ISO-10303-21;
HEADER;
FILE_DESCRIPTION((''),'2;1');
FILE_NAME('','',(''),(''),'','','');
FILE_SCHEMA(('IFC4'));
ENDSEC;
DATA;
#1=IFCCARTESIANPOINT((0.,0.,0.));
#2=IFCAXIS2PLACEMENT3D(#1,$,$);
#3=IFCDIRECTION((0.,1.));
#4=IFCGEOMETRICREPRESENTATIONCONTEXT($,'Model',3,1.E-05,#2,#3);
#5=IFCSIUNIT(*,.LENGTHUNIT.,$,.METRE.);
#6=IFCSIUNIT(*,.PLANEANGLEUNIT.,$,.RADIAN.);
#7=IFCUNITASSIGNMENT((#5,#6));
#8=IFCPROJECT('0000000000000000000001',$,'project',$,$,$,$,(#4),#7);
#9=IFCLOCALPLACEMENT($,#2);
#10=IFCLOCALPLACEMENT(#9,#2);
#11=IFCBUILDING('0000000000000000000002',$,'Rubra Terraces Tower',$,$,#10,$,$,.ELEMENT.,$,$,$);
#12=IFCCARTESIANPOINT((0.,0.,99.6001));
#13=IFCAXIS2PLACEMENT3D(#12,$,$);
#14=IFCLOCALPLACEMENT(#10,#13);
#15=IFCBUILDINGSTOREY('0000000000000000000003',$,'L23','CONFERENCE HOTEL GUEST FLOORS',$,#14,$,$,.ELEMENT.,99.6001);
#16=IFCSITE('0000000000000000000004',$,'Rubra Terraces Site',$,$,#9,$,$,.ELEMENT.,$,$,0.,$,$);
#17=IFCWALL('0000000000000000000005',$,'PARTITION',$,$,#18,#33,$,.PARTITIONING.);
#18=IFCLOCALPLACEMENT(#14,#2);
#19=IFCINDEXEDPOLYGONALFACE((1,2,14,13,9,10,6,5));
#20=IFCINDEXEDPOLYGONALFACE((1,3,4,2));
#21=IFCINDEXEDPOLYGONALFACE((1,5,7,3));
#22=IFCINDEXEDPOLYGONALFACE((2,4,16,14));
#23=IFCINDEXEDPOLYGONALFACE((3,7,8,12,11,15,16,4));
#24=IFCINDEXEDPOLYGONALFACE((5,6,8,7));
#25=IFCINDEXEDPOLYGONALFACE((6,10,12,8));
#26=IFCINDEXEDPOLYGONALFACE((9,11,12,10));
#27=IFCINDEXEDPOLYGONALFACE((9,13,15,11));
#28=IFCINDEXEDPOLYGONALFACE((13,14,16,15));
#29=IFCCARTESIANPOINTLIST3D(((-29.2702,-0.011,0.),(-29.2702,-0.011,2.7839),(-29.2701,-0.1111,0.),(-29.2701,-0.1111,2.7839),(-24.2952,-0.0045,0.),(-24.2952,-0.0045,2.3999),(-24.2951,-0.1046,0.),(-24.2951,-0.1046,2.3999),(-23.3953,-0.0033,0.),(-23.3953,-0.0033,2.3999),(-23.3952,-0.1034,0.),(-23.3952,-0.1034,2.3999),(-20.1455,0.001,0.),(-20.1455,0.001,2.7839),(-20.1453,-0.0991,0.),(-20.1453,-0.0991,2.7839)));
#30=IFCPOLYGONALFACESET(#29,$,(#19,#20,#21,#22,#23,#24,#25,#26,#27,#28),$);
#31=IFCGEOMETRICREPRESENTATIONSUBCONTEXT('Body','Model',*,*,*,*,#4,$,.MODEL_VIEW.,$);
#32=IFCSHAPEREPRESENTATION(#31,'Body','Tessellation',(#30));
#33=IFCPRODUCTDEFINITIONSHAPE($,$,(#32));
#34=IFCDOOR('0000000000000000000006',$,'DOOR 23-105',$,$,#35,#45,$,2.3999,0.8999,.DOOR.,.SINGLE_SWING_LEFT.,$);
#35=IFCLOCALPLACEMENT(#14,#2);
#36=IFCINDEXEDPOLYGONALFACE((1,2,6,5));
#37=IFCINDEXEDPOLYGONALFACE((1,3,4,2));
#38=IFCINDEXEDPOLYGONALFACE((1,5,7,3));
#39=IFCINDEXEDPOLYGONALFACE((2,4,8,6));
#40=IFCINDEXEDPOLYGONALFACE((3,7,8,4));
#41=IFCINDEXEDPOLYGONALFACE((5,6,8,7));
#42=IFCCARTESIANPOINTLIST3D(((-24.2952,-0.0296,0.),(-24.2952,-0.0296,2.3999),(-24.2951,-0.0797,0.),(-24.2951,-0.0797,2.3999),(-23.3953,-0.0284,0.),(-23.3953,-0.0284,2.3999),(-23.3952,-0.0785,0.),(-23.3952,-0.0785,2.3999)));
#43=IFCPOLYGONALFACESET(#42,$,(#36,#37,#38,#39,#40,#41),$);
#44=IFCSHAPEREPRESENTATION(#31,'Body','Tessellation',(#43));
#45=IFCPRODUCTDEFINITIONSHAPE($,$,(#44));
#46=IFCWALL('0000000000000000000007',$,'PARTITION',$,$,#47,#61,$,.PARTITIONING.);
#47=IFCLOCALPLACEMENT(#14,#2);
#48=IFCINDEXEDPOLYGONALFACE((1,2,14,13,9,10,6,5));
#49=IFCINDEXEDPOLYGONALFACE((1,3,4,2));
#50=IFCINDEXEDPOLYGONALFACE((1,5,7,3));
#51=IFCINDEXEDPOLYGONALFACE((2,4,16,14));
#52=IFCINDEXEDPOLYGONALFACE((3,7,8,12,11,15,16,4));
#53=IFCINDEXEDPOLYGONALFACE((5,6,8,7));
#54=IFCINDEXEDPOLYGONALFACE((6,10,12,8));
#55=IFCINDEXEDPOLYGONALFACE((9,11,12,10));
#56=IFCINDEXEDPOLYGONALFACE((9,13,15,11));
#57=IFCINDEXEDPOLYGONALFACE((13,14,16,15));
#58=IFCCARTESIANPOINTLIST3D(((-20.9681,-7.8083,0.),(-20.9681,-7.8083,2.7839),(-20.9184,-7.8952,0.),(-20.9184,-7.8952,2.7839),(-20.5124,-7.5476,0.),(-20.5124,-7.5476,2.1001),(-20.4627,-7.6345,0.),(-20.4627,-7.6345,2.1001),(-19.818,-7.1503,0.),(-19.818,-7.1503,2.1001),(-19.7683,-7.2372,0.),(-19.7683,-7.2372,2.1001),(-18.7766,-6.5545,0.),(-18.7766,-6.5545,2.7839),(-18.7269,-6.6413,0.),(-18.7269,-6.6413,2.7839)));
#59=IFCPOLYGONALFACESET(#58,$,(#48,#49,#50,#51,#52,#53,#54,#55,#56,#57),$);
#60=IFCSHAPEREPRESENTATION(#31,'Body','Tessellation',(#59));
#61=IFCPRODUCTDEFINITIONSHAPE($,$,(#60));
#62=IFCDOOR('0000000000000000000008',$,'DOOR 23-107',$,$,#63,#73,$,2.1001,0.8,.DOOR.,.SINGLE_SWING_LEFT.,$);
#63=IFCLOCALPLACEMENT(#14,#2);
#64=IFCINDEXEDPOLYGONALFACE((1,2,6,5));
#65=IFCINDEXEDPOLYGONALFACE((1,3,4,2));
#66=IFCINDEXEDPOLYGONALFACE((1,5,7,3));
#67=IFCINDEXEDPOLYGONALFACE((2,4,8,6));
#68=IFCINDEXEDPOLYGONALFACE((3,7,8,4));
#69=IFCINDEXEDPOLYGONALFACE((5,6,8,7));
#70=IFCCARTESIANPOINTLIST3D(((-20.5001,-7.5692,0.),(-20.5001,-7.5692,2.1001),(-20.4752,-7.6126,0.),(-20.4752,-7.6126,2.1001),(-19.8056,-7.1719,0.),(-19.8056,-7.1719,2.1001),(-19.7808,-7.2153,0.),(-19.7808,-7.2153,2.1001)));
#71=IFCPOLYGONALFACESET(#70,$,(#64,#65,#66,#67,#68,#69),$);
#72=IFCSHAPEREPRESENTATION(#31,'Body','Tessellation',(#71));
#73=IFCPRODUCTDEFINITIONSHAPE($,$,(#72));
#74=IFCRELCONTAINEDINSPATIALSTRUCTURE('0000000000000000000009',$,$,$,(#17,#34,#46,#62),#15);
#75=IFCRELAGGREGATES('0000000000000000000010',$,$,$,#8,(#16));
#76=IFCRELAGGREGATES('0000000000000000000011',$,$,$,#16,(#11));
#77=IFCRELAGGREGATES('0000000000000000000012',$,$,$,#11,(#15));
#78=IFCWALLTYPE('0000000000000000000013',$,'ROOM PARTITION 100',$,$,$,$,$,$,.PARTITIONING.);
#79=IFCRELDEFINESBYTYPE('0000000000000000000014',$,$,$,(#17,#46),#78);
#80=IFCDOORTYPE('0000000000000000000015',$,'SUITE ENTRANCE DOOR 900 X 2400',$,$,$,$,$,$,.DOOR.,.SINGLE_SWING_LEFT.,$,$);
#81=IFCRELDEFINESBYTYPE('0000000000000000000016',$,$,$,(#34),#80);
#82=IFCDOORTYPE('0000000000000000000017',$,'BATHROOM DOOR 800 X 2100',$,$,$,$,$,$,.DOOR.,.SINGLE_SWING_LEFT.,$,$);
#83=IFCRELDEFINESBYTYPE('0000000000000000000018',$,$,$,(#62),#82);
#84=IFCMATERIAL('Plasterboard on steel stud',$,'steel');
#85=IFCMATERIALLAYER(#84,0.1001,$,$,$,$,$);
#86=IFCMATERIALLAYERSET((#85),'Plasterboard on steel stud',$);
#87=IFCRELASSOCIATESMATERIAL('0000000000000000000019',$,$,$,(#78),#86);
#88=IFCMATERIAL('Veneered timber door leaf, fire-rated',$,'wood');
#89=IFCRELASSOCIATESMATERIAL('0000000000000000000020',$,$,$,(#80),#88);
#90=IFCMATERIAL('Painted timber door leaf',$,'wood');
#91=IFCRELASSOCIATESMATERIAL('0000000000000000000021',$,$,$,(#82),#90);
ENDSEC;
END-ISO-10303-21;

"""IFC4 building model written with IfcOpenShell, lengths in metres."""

from ifc_helpers import new_model, si_unit, direction, frame, frame_2d, origin, place, context, subcontext, project, spatial, rectangle, extrude, material, layer, layer_set, type_object, element, fill, save


model = new_model("IFC4")

# Units and contexts
model_context = context("Model", 3, precision=1e-05, world=origin(), true_north=direction((0.0, 1.0)))
body_context = subcontext(model_context, "Body", "Model", "MODEL_VIEW")
ifc_project = project(units=[si_unit("LENGTHUNIT", "METRE"), si_unit("PLANEANGLEUNIT", "RADIAN")], contexts=[model_context])

# Site, building, storey
site_placement = place(None, origin())
site = spatial("IfcSite", under=ifc_project, at=site_placement, Name="Rubra Terraces Site", CompositionType="ELEMENT", RefElevation=0.0)
building_placement = place(site_placement, origin())
building = spatial("IfcBuilding", under=site, at=building_placement, Name="Rubra Terraces Tower", CompositionType="ELEMENT")
storey_placement = place(building_placement, frame((0.0, 0.0, 99.6001)))
storey = spatial("IfcBuildingStorey", under=building, at=storey_placement, Name="L23", Description="CONFERENCE HOTEL GUEST FLOORS", CompositionType="ELEMENT", Elevation=99.6001)

# Shared definitions
ifc_material_1 = material(Name="Painted timber door leaf", Category="wood")

# Walls, openings, doors
ifc_material_2 = material(Name="Plasterboard on steel stud", Category="steel")
ifc_layer_1 = layer(ifc_material_2, 0.1001)
ifc_layer_set_1 = layer_set([ifc_layer_1], Name="Plasterboard on steel stud")
wall_type_1 = type_object("IfcWallType", Name="ROOM PARTITION 100", PredefinedType="PARTITIONING", material=ifc_layer_set_1)
wall_1_placement = place(storey_placement, frame((-29.2703, -0.061, 0.0), z_axis=(0.0, 0.0, 1.0), x_axis=(0.999999, 0.001311, 0.0)))
wall_1 = element("IfcWall", 1, at=wall_1_placement, inside=storey, type_object=wall_type_1, Name="PARTITION", PredefinedType="PARTITIONING", context=body_context, shape_type="SweptSolid", body=[
    extrude(rectangle(XDim=9.1248, YDim=0.1001, at=frame_2d((4.5625, 0.0))), origin(), (0.0, 0.0, 1.0), 2.7839),
])
opening_1_placement = place(wall_1_placement, frame((4.9751, 0.0, 0.0)))
opening_1 = element("IfcOpeningElement", 2, at=opening_1_placement, cuts=wall_1, PredefinedType="OPENING", context=body_context, shape_type="SweptSolid", body=[
    extrude(rectangle(XDim=0.8999, YDim=2.3999, at=frame_2d((0.45, 1.2))), frame((0.0, 0.0601, 0.0), z_axis=(0.0, -1.0, 0.0), x_axis=(1.0, 0.0, 0.0)), (0.0, 0.0, 1.0), 0.1201),
])
ifc_material_3 = material(Name="Veneered timber door leaf, fire-rated", Category="wood")
door_type_1 = type_object("IfcDoorType", Name="SUITE ENTRANCE DOOR 900 X 2400", OperationType="SINGLE_SWING_LEFT", PredefinedType="DOOR", material=ifc_material_3)
door_1_placement = place(opening_1_placement, origin())
door_1 = element("IfcDoor", 3, at=door_1_placement, inside=storey, type_object=door_type_1, Name="DOOR 23-105", OperationType="SINGLE_SWING_LEFT", OverallHeight=2.3999, OverallWidth=0.8999, PredefinedType="DOOR", context=body_context, shape_type="SweptSolid", body=[
    extrude(rectangle(XDim=0.8999, YDim=2.3999, at=frame_2d((0.45, 1.2))), frame((0.0, 0.0249, 0.0), z_axis=(0.0, -1.0, 0.0), x_axis=(1.0, 0.0, 0.0)), (0.0, 0.0, 1.0), 0.05),
])
fill(opening_1, door_1)
wall_2_placement = place(storey_placement, frame((-18.7517, -6.5979, 0.0), z_axis=(0.0, 0.0, 1.0), x_axis=(-0.867981, -0.496597, 0.0)))
wall_2 = element("IfcWall", 4, at=wall_2_placement, inside=storey, type_object=wall_type_1, Name="PARTITION", PredefinedType="PARTITIONING", context=body_context, shape_type="SweptSolid", body=[
    extrude(rectangle(XDim=2.5249, YDim=0.1001, at=frame_2d((1.2625, 0.0))), origin(), (0.0, 0.0, 1.0), 2.7839),
])
opening_2_placement = place(wall_2_placement, frame((1.2, 0.0, 0.0)))
opening_2 = element("IfcOpeningElement", 5, at=opening_2_placement, cuts=wall_2, PredefinedType="OPENING", context=body_context, shape_type="SweptSolid", body=[
    extrude(rectangle(XDim=0.8, YDim=2.1001, at=frame_2d((0.3999, 1.05))), frame((0.0, 0.0601, 0.0), z_axis=(0.0, -1.0, 0.0), x_axis=(1.0, 0.0, 0.0)), (0.0, 0.0, 1.0), 0.1201),
])
door_type_2 = type_object("IfcDoorType", Name="BATHROOM DOOR 800 X 2100", OperationType="SINGLE_SWING_LEFT", PredefinedType="DOOR", material=ifc_material_1)
door_2_placement = place(opening_2_placement, origin())
door_2 = element("IfcDoor", 6, at=door_2_placement, inside=storey, type_object=door_type_2, Name="DOOR 23-107", OperationType="SINGLE_SWING_LEFT", OverallHeight=2.1001, OverallWidth=0.8, PredefinedType="DOOR", context=body_context, shape_type="SweptSolid", body=[
    extrude(rectangle(XDim=0.8, YDim=2.1001, at=frame_2d((0.3999, 1.05))), frame((0.0, 0.0249, 0.0), z_axis=(0.0, -1.0, 0.0), x_axis=(1.0, 0.0, 0.0)), (0.0, 0.0, 1.0), 0.05),
])
fill(opening_2, door_2)

save(model, "model.ifc")
